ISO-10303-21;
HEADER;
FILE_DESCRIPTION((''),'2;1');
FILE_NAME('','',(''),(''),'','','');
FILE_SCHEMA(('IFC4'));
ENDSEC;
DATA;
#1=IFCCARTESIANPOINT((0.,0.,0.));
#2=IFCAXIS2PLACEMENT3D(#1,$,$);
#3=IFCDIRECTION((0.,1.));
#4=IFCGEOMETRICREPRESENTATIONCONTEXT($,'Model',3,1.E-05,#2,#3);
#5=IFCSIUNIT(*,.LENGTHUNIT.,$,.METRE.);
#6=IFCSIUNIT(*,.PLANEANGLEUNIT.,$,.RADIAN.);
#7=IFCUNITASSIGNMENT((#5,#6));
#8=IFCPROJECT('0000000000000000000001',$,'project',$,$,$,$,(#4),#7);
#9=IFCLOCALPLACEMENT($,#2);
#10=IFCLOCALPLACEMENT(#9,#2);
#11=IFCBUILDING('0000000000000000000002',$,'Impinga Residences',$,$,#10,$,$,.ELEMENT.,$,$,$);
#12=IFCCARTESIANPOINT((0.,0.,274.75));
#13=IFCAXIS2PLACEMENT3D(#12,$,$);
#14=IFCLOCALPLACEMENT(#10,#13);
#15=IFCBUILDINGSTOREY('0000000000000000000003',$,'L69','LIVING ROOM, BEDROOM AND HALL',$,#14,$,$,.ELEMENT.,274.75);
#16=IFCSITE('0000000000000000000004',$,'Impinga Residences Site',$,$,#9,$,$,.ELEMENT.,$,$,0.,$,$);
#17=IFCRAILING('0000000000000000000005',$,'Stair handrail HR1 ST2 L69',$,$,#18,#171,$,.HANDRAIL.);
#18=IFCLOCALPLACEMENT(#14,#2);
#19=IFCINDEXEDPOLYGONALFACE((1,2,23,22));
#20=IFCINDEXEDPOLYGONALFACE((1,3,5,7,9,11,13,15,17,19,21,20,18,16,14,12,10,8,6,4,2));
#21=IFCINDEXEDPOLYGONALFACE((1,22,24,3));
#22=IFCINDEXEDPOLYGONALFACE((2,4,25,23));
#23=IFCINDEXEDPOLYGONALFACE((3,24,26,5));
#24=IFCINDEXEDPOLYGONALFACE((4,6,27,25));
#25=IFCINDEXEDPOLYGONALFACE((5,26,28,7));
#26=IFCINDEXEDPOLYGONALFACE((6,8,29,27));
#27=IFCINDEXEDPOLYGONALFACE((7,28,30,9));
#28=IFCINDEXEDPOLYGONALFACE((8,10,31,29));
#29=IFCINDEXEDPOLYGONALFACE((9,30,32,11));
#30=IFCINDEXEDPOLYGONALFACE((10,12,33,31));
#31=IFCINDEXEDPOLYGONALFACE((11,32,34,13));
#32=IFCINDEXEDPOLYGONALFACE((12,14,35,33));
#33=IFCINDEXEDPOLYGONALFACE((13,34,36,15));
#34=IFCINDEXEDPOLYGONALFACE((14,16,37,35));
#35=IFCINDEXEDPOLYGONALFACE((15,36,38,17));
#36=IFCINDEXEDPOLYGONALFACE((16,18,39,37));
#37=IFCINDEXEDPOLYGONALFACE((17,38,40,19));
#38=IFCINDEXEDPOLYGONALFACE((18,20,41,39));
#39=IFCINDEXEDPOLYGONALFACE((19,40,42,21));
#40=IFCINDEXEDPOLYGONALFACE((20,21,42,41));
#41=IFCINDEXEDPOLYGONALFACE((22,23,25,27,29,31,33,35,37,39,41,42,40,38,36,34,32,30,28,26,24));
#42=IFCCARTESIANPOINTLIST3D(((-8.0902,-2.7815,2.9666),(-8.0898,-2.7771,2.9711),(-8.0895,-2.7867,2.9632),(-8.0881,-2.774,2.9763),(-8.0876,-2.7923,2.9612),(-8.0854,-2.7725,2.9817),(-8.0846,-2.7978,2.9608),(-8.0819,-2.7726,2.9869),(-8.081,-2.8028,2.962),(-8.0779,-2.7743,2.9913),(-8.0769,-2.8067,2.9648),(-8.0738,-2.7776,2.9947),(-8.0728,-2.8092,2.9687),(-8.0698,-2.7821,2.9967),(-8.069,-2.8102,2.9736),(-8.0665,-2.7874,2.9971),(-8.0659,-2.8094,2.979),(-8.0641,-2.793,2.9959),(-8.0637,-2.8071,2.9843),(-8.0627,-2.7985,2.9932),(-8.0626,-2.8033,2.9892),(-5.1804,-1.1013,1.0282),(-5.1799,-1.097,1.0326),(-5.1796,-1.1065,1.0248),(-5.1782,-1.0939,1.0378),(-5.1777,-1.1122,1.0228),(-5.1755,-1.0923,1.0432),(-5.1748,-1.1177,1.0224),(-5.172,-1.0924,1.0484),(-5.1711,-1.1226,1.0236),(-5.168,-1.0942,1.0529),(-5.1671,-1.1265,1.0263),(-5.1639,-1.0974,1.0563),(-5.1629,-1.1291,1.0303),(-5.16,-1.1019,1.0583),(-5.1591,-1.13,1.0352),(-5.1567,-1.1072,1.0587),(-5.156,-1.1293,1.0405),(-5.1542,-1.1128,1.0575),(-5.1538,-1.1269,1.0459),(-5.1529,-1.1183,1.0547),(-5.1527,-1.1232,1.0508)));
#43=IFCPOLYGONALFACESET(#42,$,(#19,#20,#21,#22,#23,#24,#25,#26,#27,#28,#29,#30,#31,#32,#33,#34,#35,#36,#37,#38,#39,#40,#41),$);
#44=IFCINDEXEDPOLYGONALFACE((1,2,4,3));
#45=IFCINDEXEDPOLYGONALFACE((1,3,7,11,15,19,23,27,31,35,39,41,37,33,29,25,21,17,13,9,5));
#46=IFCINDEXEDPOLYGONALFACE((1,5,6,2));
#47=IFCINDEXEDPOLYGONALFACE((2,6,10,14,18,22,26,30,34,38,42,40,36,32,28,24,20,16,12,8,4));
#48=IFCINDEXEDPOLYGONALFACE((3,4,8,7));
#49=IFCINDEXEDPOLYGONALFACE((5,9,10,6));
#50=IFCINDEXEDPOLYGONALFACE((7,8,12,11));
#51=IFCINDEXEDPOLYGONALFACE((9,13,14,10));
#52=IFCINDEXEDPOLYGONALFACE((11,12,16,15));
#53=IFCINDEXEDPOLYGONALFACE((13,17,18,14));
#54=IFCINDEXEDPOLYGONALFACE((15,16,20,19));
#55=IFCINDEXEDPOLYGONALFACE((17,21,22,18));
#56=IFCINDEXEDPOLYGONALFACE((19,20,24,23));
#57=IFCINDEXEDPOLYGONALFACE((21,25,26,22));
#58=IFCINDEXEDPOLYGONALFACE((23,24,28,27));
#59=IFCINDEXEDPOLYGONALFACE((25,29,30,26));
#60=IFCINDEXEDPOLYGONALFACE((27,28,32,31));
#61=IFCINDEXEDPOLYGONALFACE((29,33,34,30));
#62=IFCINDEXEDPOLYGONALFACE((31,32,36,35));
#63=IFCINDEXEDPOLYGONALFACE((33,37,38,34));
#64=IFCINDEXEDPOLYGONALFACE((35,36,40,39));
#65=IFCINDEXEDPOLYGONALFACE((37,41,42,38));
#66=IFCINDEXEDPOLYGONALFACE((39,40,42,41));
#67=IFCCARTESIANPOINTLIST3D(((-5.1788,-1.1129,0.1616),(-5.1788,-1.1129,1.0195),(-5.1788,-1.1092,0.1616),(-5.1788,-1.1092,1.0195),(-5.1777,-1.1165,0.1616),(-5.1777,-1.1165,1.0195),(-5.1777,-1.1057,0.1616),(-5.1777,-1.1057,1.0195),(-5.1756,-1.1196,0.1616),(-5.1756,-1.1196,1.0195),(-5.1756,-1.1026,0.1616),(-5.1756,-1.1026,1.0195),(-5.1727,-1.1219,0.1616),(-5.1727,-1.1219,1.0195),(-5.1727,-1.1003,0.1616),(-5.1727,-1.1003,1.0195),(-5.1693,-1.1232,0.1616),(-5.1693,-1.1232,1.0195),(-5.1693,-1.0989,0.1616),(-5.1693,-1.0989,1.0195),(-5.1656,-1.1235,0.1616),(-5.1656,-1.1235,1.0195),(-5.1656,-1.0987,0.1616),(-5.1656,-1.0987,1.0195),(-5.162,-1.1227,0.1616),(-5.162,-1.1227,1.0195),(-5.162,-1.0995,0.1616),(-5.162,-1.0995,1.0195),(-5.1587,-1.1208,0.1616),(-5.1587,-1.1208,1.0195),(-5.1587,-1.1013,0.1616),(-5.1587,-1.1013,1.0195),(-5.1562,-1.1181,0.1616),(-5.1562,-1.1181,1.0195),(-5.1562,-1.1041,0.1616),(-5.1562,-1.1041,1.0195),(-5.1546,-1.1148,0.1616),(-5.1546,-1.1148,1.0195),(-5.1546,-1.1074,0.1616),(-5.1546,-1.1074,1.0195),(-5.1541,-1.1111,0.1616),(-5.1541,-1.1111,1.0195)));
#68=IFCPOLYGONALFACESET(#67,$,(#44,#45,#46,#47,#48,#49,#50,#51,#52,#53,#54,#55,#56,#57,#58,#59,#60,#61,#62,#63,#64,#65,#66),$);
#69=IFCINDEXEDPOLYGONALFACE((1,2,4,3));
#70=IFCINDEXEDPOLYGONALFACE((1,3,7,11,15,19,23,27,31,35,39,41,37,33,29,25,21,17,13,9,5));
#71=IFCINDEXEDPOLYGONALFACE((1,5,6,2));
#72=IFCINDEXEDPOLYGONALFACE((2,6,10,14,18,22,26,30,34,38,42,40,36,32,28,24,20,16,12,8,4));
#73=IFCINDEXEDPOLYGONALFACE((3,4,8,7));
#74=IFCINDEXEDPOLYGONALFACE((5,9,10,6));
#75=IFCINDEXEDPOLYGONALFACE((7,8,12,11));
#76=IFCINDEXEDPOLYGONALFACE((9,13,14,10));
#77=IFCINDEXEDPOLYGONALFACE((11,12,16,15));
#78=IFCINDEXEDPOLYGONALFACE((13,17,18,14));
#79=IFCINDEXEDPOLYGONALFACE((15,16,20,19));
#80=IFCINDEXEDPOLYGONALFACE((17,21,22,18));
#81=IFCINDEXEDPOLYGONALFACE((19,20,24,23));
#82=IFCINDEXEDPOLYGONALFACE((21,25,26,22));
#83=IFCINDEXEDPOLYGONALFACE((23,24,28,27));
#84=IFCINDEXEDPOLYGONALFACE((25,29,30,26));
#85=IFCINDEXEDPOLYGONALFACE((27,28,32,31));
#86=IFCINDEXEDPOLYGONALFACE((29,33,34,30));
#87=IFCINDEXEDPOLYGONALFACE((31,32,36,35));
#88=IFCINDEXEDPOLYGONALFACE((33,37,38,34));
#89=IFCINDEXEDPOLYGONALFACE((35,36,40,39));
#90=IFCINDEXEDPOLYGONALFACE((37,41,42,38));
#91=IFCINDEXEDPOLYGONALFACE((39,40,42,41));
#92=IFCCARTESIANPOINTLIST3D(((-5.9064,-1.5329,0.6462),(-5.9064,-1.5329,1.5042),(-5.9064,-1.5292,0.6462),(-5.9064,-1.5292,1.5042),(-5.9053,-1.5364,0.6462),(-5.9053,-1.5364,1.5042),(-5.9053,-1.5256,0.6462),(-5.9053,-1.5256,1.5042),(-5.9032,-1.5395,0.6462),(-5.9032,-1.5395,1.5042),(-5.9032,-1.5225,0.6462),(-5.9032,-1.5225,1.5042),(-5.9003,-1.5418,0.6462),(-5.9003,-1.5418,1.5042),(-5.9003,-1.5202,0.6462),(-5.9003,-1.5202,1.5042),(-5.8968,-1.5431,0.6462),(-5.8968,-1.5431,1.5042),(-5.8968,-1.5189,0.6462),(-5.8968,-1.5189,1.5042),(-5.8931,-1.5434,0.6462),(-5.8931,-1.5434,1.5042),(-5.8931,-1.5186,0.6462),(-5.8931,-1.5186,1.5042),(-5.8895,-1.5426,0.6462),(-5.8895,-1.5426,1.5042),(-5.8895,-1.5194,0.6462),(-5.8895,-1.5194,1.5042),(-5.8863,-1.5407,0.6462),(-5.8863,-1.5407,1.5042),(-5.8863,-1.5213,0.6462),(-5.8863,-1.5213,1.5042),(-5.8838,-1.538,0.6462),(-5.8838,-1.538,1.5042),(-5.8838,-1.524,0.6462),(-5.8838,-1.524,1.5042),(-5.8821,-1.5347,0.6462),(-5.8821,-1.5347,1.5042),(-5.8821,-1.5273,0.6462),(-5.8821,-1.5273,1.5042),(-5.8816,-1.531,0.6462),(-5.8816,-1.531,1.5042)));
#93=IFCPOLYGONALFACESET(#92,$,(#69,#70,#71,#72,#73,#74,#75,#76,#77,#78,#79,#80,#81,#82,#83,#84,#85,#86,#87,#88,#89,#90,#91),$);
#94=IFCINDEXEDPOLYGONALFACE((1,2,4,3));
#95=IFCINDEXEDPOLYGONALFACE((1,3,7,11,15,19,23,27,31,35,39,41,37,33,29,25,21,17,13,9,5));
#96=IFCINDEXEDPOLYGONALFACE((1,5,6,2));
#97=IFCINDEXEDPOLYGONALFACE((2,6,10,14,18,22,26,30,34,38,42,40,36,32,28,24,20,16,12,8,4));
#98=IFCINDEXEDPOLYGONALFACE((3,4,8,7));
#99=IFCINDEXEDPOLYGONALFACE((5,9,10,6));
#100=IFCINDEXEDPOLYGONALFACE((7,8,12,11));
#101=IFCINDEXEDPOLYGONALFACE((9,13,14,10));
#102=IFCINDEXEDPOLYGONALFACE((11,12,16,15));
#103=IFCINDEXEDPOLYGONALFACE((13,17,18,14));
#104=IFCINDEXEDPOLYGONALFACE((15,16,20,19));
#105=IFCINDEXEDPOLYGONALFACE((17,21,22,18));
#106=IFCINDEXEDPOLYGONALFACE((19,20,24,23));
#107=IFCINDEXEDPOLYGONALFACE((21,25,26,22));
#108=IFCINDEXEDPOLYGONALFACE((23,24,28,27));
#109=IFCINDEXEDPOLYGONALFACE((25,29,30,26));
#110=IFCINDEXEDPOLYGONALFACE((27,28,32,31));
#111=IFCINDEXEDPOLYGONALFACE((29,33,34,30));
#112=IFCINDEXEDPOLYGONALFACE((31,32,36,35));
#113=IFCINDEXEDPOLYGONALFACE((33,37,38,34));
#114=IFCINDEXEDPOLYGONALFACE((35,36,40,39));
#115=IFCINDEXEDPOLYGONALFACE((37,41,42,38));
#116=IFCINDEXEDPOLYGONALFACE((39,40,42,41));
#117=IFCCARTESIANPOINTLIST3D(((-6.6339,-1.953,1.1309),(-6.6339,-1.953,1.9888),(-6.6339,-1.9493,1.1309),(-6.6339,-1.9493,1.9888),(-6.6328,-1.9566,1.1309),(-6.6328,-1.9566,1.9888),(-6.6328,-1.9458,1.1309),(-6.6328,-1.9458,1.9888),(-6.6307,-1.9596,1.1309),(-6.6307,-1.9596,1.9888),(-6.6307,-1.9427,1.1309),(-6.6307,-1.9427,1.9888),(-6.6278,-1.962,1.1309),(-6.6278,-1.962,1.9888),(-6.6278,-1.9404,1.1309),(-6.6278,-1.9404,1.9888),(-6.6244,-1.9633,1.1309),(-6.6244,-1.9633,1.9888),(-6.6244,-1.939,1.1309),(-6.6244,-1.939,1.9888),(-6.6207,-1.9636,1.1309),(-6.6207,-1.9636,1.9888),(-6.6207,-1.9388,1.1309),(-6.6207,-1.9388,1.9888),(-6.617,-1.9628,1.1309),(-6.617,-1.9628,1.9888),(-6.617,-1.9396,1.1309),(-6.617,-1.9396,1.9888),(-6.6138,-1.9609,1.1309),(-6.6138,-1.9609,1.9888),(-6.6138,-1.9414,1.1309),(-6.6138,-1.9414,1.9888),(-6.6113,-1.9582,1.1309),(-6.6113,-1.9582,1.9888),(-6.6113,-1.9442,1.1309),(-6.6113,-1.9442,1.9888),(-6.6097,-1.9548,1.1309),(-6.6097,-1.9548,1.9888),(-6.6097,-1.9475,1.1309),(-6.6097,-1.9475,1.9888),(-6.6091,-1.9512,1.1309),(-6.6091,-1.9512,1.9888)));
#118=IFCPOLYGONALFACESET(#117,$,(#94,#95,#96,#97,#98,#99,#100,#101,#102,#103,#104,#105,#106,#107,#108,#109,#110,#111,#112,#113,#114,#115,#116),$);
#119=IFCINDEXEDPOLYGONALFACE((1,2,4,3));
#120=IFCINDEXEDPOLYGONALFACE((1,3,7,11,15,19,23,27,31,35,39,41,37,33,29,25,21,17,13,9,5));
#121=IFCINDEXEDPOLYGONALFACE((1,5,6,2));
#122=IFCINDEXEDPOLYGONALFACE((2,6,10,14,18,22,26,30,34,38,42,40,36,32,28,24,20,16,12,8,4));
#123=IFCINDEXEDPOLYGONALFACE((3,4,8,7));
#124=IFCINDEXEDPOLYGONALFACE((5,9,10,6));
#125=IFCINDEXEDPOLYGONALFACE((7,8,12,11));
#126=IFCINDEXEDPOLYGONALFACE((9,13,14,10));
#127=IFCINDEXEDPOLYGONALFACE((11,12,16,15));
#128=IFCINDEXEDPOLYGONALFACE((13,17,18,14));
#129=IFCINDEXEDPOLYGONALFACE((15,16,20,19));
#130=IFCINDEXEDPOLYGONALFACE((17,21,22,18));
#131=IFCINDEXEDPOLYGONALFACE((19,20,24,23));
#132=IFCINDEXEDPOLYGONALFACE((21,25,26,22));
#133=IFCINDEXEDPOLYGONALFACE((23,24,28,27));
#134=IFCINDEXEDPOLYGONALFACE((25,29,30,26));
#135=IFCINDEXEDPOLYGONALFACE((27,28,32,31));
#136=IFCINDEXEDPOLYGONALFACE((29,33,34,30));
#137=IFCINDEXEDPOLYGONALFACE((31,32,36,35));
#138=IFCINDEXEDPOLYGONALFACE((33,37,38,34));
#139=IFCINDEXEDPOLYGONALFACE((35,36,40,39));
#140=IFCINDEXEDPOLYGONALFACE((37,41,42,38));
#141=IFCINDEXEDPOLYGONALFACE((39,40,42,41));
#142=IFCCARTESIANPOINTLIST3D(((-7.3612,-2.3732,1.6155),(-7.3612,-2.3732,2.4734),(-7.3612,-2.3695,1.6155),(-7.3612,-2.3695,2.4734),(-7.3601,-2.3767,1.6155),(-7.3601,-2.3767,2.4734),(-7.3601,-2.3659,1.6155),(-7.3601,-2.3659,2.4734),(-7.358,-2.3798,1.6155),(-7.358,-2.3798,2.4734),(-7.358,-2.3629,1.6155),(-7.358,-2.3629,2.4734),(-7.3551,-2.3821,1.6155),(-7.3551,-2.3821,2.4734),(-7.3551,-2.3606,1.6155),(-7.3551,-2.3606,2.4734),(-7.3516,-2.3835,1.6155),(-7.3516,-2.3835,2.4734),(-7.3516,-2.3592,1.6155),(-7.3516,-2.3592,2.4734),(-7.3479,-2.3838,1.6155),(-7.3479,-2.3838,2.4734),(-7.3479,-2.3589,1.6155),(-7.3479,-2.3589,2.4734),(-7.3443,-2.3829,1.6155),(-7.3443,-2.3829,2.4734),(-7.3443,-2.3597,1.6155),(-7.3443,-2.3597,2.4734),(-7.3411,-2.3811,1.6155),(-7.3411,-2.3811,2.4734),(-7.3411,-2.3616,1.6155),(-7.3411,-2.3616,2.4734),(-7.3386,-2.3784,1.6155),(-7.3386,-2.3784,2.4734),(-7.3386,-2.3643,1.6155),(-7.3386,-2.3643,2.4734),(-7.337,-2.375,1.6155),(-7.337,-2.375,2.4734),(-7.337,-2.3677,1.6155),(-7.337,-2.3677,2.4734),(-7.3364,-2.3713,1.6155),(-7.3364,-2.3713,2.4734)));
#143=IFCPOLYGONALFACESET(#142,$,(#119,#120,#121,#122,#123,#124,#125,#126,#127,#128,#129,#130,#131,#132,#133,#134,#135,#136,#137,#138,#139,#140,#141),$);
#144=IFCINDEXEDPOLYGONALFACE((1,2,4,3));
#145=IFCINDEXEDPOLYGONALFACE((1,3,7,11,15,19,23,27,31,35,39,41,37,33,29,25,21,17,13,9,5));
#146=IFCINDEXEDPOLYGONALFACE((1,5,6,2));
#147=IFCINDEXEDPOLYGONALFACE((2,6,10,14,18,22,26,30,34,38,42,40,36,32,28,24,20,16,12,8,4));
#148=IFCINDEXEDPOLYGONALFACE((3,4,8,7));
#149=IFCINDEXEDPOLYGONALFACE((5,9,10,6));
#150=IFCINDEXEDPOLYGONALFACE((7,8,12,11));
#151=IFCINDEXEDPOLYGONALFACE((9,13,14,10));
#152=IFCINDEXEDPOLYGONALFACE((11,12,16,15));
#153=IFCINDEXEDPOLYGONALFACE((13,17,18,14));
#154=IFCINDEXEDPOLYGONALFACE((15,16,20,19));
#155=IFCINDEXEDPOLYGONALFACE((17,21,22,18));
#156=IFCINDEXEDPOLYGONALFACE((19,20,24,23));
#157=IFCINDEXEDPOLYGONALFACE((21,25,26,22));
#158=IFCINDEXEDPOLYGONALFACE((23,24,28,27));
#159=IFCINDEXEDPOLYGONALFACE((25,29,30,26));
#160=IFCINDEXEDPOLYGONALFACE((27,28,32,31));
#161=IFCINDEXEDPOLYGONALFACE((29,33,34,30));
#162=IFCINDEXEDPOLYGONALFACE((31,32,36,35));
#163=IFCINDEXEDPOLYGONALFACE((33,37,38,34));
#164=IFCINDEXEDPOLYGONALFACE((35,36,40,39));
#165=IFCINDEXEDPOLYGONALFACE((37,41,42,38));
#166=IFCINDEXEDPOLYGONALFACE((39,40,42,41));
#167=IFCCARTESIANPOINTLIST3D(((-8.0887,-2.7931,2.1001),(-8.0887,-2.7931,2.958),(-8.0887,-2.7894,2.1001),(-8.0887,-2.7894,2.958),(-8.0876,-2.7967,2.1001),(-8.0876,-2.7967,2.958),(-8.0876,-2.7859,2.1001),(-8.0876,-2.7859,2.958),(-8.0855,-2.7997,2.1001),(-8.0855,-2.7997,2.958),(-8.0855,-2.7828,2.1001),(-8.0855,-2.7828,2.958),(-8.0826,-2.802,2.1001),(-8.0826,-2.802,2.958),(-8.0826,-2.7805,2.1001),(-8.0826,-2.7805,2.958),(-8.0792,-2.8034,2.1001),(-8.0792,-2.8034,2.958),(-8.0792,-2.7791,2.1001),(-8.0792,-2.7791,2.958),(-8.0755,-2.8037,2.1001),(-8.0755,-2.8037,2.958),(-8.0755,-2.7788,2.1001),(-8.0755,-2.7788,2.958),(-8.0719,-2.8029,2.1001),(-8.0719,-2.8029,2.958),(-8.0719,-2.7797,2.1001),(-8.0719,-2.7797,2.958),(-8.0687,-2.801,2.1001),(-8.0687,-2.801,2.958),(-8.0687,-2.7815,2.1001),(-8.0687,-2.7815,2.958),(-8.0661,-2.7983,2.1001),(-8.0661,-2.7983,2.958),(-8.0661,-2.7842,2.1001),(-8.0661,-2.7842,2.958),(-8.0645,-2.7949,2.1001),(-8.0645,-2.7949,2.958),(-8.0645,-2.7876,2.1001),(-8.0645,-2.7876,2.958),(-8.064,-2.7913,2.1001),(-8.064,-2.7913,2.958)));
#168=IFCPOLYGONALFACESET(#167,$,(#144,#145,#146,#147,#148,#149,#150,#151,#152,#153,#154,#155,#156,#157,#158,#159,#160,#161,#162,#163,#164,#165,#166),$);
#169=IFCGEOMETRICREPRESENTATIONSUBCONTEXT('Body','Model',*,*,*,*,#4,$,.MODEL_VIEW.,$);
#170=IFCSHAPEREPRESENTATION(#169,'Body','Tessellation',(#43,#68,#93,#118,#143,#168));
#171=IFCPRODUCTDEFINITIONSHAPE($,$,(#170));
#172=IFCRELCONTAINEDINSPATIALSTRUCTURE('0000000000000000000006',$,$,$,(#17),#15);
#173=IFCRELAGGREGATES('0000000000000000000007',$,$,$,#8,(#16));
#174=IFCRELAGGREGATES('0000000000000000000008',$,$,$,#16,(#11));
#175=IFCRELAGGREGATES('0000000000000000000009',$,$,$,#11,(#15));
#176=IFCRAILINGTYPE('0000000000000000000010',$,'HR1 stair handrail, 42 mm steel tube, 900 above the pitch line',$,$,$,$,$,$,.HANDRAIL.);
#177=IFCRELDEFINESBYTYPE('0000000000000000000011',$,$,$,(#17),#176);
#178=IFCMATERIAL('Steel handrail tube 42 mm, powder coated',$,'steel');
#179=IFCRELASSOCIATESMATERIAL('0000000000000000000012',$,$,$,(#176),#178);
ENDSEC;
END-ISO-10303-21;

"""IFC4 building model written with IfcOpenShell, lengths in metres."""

from ifc_helpers import new_model, si_unit, direction, frame, origin, origin_2d, place, context, subcontext, project, spatial, circle, extrude, material, type_object, element, save


model = new_model("IFC4")

# Units and contexts
model_context = context("Model", 3, precision=1e-05, world=origin(), true_north=direction((0.0, 1.0)))
body_context = subcontext(model_context, "Body", "Model", "MODEL_VIEW")
ifc_project = project(units=[si_unit("LENGTHUNIT", "METRE"), si_unit("PLANEANGLEUNIT", "RADIAN")], contexts=[model_context])

# Site, building, storey
site_placement = place(None, origin())
site = spatial("IfcSite", under=ifc_project, at=site_placement, Name="Impinga Residences Site", CompositionType="ELEMENT", RefElevation=0.0)
building_placement = place(site_placement, origin())
building = spatial("IfcBuilding", under=site, at=building_placement, Name="Impinga Residences", CompositionType="ELEMENT")
storey_placement = place(building_placement, frame((0.0, 0.0, 274.75)))
storey = spatial("IfcBuildingStorey", under=building, at=storey_placement, Name="L69", Description="LIVING ROOM, BEDROOM AND HALL", CompositionType="ELEMENT", Elevation=274.75)

# Railing
ifc_material_1 = material(Name="Steel handrail tube 42 mm, powder coated", Category="steel")
railing_type_1 = type_object("IfcRailingType", Name="HR1 stair handrail, 42 mm steel tube, 900 above the pitch line", PredefinedType="HANDRAIL", material=ifc_material_1)
railing_1_placement = place(storey_placement, frame((-5.1665, -1.1111, 0.1616)))
element("IfcRailing", 1, at=railing_1_placement, inside=storey, type_object=railing_type_1, Name="Stair handrail HR1 ST2 L69", PredefinedType="HANDRAIL", context=body_context, shape_type="SweptSolid", body=[
    extrude(circle(Radius=0.021, at=origin_2d()), frame((0.0, 0.0, 0.8789), z_axis=(-0.75013, -0.433123, 0.499709), x_axis=(0.500031, -0.866008, 0.0)), (0.0, 0.0, 1.0), 3.8792),
    extrude(circle(Radius=0.0125, at=origin_2d()), origin(), (0.0, 0.0, 1.0), 0.8579),
    extrude(circle(Radius=0.0125, at=origin_2d()), frame((-0.7275, -0.4199, 0.4846)), (0.0, 0.0, 1.0), 0.8579),
    extrude(circle(Radius=0.0125, at=origin_2d()), frame((-1.4551, -0.8401, 0.9692)), (0.0, 0.0, 1.0), 0.8579),
    extrude(circle(Radius=0.0125, at=origin_2d()), frame((-2.1824, -1.2603, 1.4539)), (0.0, 0.0, 1.0), 0.8579),
    extrude(circle(Radius=0.0125, at=origin_2d()), frame((-2.9099, -1.6802, 1.9385)), (0.0, 0.0, 1.0), 0.8579),
])

save(model, "model.ifc")
